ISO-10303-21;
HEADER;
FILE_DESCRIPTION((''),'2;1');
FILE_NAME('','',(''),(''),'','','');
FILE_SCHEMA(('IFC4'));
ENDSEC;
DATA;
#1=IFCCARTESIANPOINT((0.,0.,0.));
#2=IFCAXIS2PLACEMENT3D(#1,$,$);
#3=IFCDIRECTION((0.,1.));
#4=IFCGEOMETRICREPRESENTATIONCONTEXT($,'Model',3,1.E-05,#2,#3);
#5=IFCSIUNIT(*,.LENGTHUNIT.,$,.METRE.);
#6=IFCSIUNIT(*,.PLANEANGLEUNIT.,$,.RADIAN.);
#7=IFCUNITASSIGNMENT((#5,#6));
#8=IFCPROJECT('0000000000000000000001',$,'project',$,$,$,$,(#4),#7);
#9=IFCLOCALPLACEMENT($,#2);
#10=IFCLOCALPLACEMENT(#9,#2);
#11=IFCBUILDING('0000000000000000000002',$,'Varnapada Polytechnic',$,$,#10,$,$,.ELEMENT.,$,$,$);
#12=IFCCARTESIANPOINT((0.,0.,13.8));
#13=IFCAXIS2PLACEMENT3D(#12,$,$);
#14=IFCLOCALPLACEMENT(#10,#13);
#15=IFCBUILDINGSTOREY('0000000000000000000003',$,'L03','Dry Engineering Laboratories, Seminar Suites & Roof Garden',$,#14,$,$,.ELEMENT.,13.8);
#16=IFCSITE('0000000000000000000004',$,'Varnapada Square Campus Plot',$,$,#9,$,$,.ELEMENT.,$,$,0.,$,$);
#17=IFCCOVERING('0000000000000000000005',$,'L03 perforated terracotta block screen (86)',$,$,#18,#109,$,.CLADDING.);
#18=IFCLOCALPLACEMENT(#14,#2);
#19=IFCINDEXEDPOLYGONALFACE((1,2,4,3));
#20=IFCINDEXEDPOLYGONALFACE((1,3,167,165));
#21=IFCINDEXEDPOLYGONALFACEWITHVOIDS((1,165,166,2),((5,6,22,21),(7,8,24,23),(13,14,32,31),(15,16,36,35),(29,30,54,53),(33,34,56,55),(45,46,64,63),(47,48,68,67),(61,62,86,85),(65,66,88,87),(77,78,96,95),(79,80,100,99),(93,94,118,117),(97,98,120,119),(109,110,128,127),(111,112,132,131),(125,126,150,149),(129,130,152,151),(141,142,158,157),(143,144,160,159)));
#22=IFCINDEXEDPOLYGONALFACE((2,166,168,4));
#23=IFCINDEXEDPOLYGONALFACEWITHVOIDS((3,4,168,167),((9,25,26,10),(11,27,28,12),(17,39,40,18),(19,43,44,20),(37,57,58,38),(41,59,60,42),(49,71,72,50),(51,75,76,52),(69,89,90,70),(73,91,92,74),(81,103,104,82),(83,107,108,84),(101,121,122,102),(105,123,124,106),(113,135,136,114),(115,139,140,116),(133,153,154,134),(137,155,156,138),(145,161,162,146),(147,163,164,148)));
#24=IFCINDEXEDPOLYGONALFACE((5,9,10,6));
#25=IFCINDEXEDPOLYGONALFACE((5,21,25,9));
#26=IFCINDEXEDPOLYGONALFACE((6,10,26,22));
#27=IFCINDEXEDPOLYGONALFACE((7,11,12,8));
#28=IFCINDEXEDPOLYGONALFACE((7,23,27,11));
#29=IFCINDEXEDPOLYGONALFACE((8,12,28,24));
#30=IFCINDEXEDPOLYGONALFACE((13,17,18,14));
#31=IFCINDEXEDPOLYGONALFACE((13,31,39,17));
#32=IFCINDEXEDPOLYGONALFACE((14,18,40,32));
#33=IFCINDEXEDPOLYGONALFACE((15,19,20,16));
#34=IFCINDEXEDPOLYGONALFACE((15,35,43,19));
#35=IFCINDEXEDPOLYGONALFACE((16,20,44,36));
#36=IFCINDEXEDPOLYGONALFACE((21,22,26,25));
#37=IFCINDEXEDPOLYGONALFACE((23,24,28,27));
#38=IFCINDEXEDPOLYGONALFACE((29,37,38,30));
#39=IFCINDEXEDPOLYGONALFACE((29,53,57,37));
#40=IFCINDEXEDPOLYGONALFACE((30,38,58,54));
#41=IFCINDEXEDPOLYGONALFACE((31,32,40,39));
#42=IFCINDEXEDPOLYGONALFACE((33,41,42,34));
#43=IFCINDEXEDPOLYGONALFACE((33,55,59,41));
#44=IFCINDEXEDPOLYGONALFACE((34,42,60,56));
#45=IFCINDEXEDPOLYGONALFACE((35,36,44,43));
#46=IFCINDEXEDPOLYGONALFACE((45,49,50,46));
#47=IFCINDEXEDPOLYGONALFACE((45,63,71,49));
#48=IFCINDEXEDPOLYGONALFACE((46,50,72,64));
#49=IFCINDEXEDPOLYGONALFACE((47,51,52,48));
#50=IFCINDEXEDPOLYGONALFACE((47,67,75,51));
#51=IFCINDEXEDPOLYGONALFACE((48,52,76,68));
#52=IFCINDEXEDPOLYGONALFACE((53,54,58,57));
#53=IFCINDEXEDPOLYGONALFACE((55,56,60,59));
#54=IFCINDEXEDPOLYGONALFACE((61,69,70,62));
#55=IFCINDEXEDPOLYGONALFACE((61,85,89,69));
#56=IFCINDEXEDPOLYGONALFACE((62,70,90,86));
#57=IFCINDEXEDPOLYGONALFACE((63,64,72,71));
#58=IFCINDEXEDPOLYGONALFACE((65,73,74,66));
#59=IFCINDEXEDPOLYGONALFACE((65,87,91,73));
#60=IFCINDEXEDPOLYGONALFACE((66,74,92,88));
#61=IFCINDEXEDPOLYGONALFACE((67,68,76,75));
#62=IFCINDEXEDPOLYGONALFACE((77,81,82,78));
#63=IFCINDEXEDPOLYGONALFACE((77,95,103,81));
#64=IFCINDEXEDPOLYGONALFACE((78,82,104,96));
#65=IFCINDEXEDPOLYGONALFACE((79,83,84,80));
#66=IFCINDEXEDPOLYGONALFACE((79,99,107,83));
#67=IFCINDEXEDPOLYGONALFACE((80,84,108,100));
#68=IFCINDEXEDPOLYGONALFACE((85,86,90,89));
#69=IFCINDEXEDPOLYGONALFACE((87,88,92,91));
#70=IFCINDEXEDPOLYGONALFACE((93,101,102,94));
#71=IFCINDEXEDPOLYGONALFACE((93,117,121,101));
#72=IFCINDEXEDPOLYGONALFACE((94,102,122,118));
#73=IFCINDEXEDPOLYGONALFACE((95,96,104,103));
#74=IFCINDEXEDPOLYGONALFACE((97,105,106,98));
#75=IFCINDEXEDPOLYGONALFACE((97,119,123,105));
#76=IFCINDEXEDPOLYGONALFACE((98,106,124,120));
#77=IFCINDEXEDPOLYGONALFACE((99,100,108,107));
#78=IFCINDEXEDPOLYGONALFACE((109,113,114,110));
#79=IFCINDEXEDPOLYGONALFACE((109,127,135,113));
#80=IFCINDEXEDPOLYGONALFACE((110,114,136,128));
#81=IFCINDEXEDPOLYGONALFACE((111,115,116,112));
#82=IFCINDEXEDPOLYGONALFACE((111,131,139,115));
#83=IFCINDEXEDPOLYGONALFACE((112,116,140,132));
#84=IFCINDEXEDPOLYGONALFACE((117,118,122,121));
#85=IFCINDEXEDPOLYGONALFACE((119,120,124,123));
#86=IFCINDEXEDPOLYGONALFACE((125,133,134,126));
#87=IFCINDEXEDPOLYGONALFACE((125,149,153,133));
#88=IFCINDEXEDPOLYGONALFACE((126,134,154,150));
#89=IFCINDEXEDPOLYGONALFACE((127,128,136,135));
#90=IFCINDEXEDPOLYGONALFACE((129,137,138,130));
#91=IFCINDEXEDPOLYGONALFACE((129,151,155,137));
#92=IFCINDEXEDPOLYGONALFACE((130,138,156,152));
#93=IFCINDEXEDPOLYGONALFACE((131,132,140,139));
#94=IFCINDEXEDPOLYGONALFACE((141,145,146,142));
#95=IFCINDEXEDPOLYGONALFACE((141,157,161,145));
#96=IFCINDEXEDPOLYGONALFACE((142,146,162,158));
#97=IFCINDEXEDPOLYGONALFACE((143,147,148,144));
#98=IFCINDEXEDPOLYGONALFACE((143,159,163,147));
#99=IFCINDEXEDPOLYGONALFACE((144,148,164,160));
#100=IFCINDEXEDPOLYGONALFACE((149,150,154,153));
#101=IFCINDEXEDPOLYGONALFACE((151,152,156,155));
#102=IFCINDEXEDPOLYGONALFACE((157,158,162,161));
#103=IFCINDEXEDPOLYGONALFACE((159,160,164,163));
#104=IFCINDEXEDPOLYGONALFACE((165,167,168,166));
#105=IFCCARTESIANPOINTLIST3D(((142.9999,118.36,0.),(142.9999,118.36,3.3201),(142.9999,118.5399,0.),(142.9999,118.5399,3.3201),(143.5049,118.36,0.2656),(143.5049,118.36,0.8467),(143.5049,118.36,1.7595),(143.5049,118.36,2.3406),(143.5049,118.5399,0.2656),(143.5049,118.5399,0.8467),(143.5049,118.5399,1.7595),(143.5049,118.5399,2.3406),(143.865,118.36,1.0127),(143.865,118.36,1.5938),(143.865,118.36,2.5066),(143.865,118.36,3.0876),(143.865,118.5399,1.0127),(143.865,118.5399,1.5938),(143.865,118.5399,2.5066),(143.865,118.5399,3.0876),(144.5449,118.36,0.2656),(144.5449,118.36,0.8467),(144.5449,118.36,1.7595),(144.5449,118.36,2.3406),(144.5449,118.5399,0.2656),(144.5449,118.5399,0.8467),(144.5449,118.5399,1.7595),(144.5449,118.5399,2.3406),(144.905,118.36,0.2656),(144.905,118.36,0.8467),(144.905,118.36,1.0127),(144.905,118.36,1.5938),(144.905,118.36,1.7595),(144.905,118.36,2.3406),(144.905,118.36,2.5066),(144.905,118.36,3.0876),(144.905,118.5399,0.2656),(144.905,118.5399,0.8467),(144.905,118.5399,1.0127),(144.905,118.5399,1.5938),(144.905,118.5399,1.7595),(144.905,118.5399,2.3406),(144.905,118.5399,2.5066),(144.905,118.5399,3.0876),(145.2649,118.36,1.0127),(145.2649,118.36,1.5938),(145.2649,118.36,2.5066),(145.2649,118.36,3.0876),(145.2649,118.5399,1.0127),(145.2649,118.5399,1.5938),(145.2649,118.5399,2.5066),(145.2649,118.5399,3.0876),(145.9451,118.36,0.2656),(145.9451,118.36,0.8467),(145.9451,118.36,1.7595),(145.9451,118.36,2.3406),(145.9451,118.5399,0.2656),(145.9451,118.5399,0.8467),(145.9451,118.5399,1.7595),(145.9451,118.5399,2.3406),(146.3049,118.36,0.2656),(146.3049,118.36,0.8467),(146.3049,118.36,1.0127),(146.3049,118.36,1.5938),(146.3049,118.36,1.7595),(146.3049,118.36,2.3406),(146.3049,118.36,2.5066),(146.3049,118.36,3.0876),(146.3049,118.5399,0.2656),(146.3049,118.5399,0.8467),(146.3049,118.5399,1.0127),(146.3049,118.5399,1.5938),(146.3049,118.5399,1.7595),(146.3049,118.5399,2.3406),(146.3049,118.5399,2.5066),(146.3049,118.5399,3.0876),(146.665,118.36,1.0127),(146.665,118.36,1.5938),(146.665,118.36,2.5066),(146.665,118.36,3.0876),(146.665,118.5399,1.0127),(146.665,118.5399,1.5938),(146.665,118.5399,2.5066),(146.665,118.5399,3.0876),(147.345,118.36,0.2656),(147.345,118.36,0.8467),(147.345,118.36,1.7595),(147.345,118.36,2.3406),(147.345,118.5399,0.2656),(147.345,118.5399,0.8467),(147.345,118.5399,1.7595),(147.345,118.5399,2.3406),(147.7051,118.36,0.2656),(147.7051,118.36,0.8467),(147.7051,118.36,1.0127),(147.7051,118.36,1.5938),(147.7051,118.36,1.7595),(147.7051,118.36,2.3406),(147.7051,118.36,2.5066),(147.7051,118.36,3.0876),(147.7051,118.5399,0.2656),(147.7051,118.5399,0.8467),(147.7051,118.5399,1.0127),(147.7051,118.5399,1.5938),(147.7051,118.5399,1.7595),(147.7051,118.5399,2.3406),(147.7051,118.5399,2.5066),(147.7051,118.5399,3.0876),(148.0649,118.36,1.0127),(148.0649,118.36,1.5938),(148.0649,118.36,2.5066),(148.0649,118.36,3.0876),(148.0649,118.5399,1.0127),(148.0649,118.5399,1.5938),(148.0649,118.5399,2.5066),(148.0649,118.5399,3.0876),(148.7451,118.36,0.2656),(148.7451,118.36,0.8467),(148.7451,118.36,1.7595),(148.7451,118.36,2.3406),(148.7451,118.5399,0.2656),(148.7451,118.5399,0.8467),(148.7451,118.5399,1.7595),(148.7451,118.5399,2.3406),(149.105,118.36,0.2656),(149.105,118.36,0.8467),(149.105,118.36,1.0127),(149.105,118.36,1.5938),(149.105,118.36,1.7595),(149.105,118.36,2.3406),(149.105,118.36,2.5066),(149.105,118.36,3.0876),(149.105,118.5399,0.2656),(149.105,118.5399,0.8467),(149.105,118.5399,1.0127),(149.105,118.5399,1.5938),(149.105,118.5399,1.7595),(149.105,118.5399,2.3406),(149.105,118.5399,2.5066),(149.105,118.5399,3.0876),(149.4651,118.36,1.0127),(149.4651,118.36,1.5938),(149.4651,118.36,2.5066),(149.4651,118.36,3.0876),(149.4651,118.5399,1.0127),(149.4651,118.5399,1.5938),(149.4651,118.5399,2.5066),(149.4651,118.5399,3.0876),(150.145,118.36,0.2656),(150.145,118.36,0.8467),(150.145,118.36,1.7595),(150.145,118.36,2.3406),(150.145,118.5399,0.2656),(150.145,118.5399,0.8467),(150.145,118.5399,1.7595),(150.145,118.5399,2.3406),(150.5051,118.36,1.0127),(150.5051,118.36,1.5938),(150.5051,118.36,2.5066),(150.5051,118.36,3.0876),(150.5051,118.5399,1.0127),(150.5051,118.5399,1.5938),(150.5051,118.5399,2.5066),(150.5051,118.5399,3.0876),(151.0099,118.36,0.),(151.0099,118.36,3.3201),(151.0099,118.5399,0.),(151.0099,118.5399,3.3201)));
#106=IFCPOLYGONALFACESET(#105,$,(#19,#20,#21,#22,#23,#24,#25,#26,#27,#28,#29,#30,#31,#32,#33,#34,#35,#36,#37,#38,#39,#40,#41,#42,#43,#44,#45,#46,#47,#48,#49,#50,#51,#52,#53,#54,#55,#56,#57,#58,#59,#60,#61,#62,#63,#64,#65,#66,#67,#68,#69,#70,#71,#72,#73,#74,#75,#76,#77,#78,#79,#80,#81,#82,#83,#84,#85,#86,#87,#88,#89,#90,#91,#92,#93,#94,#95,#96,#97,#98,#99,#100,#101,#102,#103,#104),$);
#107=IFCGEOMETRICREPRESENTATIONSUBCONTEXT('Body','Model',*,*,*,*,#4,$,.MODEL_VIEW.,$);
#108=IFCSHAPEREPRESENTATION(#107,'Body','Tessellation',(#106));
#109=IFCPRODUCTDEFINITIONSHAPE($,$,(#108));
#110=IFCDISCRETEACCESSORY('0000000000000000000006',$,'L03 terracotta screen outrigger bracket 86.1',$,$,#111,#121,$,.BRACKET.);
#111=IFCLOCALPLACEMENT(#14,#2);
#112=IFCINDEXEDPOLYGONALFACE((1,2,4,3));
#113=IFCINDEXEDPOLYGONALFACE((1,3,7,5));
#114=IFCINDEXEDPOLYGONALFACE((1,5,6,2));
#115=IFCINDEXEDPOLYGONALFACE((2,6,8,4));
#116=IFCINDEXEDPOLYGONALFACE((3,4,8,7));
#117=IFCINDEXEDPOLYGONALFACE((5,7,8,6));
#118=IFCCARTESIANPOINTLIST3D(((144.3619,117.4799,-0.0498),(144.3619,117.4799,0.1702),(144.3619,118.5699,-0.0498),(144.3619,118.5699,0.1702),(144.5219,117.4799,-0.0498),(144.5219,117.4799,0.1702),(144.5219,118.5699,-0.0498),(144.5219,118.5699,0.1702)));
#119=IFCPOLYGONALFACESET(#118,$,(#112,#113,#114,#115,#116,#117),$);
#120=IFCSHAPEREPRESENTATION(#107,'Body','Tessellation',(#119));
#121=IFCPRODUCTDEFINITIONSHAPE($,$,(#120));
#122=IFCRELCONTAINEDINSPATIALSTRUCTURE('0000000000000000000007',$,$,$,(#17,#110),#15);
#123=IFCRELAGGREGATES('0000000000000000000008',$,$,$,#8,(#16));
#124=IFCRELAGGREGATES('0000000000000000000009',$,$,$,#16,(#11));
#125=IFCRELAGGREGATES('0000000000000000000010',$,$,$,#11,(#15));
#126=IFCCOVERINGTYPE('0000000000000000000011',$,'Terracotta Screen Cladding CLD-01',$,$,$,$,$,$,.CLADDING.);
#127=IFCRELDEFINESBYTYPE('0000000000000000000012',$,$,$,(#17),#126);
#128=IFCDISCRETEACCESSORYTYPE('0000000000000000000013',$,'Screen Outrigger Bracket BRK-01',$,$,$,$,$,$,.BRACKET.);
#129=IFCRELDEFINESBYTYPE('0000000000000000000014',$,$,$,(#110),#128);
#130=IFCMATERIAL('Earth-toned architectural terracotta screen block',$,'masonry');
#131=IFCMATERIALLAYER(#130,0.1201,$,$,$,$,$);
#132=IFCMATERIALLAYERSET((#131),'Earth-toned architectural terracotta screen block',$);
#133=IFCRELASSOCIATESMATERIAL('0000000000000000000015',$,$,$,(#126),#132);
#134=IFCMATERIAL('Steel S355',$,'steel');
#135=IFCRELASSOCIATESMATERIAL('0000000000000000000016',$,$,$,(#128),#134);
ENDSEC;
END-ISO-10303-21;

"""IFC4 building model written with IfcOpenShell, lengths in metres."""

from ifc_helpers import new_model, si_unit, direction, frame, frame_2d, origin, origin_2d, place, context, subcontext, project, spatial, rectangle, extrude, material, layer, layer_set, type_object, element, save


model = new_model("IFC4")

# Units and contexts
model_context = context("Model", 3, precision=1e-05, world=origin(), true_north=direction((0.0, 1.0)))
body_context = subcontext(model_context, "Body", "Model", "MODEL_VIEW")
ifc_project = project(units=[si_unit("LENGTHUNIT", "METRE"), si_unit("PLANEANGLEUNIT", "RADIAN")], contexts=[model_context])

# Site, building, storey
site_placement = place(None, origin())
site = spatial("IfcSite", under=ifc_project, at=site_placement, Name="Varnapada Square Campus Plot", CompositionType="ELEMENT", RefElevation=0.0)
building_placement = place(site_placement, origin())
building = spatial("IfcBuilding", under=site, at=building_placement, Name="Varnapada Polytechnic", CompositionType="ELEMENT")
storey_placement = place(building_placement, frame((0.0, 0.0, 13.8)))
storey = spatial("IfcBuildingStorey", under=building, at=storey_placement, Name="L03", Description="Dry Engineering Laboratories, Seminar Suites & Roof Garden", CompositionType="ELEMENT", Elevation=13.8)

# Covering, openings
ifc_material_1 = material(Name="Earth-toned architectural terracotta screen block", Category="masonry")
ifc_layer_1 = layer(ifc_material_1, 0.1201)
ifc_layer_set_1 = layer_set([ifc_layer_1], Name="Earth-toned architectural terracotta screen block")
covering_type = type_object("IfcCoveringType", Name="Terracotta Screen Cladding CLD-01", PredefinedType="CLADDING", material=ifc_layer_set_1)
covering_placement = place(storey_placement, frame((143.0, 118.45, 0.0), z_axis=(0.0, 0.0, 1.0), x_axis=(1.0, 0.0, 0.0)))
covering = element("IfcCovering", 1, at=covering_placement, inside=storey, type_object=covering_type, Name="L03 perforated terracotta block screen (86)", PredefinedType="CLADDING", context=body_context, shape_type="SweptSolid", body=[
    extrude(rectangle(XDim=8.01, YDim=0.1799, at=frame_2d((4.0049, 0.0))), origin(), (0.0, 0.0, 1.0), 3.3201),
])
opening_1_placement = place(covering_placement, frame((0.5049, 0.0, 0.2656)))
element("IfcOpeningElement", 2, at=opening_1_placement, cuts=covering, PredefinedType="OPENING", context=body_context, shape_type="SweptSolid", body=[
    extrude(rectangle(XDim=1.04, YDim=0.5811, at=frame_2d((0.52, 0.2905))), frame((0.0, 0.0999, 0.0), z_axis=(0.0, -1.0, 0.0), x_axis=(1.0, 0.0, 0.0)), (0.0, 0.0, 1.0), 0.2),
])
opening_2_placement = place(covering_placement, frame((1.905, 0.0, 0.2656)))
element("IfcOpeningElement", 3, at=opening_2_placement, cuts=covering, PredefinedType="OPENING", context=body_context, shape_type="SweptSolid", body=[
    extrude(rectangle(XDim=1.04, YDim=0.5811, at=frame_2d((0.52, 0.2905))), frame((0.0, 0.0999, 0.0), z_axis=(0.0, -1.0, 0.0), x_axis=(1.0, 0.0, 0.0)), (0.0, 0.0, 1.0), 0.2),
])
opening_3_placement = place(covering_placement, frame((3.3049, 0.0, 0.2656)))
element("IfcOpeningElement", 4, at=opening_3_placement, cuts=covering, PredefinedType="OPENING", context=body_context, shape_type="SweptSolid", body=[
    extrude(rectangle(XDim=1.04, YDim=0.5811, at=frame_2d((0.52, 0.2905))), frame((0.0, 0.0999, 0.0), z_axis=(0.0, -1.0, 0.0), x_axis=(1.0, 0.0, 0.0)), (0.0, 0.0, 1.0), 0.2),
])
opening_4_placement = place(covering_placement, frame((4.7051, 0.0, 0.2656)))
element("IfcOpeningElement", 5, at=opening_4_placement, cuts=covering, PredefinedType="OPENING", context=body_context, shape_type="SweptSolid", body=[
    extrude(rectangle(XDim=1.04, YDim=0.5811, at=frame_2d((0.52, 0.2905))), frame((0.0, 0.0999, 0.0), z_axis=(0.0, -1.0, 0.0), x_axis=(1.0, 0.0, 0.0)), (0.0, 0.0, 1.0), 0.2),
])
opening_5_placement = place(covering_placement, frame((6.105, 0.0, 0.2656)))
element("IfcOpeningElement", 6, at=opening_5_placement, cuts=covering, PredefinedType="OPENING", context=body_context, shape_type="SweptSolid", body=[
    extrude(rectangle(XDim=1.04, YDim=0.5811, at=frame_2d((0.52, 0.2905))), frame((0.0, 0.0999, 0.0), z_axis=(0.0, -1.0, 0.0), x_axis=(1.0, 0.0, 0.0)), (0.0, 0.0, 1.0), 0.2),
])
opening_6_placement = place(covering_placement, frame((0.865, 0.0, 1.0127)))
element("IfcOpeningElement", 7, at=opening_6_placement, cuts=covering, PredefinedType="OPENING", context=body_context, shape_type="SweptSolid", body=[
    extrude(rectangle(XDim=1.04, YDim=0.5811, at=frame_2d((0.52, 0.2905))), frame((0.0, 0.0999, 0.0), z_axis=(0.0, -1.0, 0.0), x_axis=(1.0, 0.0, 0.0)), (0.0, 0.0, 1.0), 0.2),
])
opening_7_placement = place(covering_placement, frame((2.2649, 0.0, 1.0127)))
element("IfcOpeningElement", 8, at=opening_7_placement, cuts=covering, PredefinedType="OPENING", context=body_context, shape_type="SweptSolid", body=[
    extrude(rectangle(XDim=1.04, YDim=0.5811, at=frame_2d((0.52, 0.2905))), frame((0.0, 0.0999, 0.0), z_axis=(0.0, -1.0, 0.0), x_axis=(1.0, 0.0, 0.0)), (0.0, 0.0, 1.0), 0.2),
])
opening_8_placement = place(covering_placement, frame((3.665, 0.0, 1.0127)))
element("IfcOpeningElement", 9, at=opening_8_placement, cuts=covering, PredefinedType="OPENING", context=body_context, shape_type="SweptSolid", body=[
    extrude(rectangle(XDim=1.04, YDim=0.5811, at=frame_2d((0.52, 0.2905))), frame((0.0, 0.0999, 0.0), z_axis=(0.0, -1.0, 0.0), x_axis=(1.0, 0.0, 0.0)), (0.0, 0.0, 1.0), 0.2),
])
opening_9_placement = place(covering_placement, frame((5.0649, 0.0, 1.0127)))
element("IfcOpeningElement", 10, at=opening_9_placement, cuts=covering, PredefinedType="OPENING", context=body_context, shape_type="SweptSolid", body=[
    extrude(rectangle(XDim=1.04, YDim=0.5811, at=frame_2d((0.52, 0.2905))), frame((0.0, 0.0999, 0.0), z_axis=(0.0, -1.0, 0.0), x_axis=(1.0, 0.0, 0.0)), (0.0, 0.0, 1.0), 0.2),
])
opening_10_placement = place(covering_placement, frame((6.4651, 0.0, 1.0127)))
element("IfcOpeningElement", 11, at=opening_10_placement, cuts=covering, PredefinedType="OPENING", context=body_context, shape_type="SweptSolid", body=[
    extrude(rectangle(XDim=1.04, YDim=0.5811, at=frame_2d((0.52, 0.2905))), frame((0.0, 0.0999, 0.0), z_axis=(0.0, -1.0, 0.0), x_axis=(1.0, 0.0, 0.0)), (0.0, 0.0, 1.0), 0.2),
])
opening_11_placement = place(covering_placement, frame((0.5049, 0.0, 1.7595)))
element("IfcOpeningElement", 12, at=opening_11_placement, cuts=covering, PredefinedType="OPENING", context=body_context, shape_type="SweptSolid", body=[
    extrude(rectangle(XDim=1.04, YDim=0.5811, at=frame_2d((0.52, 0.2905))), frame((0.0, 0.0999, 0.0), z_axis=(0.0, -1.0, 0.0), x_axis=(1.0, 0.0, 0.0)), (0.0, 0.0, 1.0), 0.2),
])
opening_12_placement = place(covering_placement, frame((1.905, 0.0, 1.7595)))
element("IfcOpeningElement", 13, at=opening_12_placement, cuts=covering, PredefinedType="OPENING", context=body_context, shape_type="SweptSolid", body=[
    extrude(rectangle(XDim=1.04, YDim=0.5811, at=frame_2d((0.52, 0.2905))), frame((0.0, 0.0999, 0.0), z_axis=(0.0, -1.0, 0.0), x_axis=(1.0, 0.0, 0.0)), (0.0, 0.0, 1.0), 0.2),
])
opening_13_placement = place(covering_placement, frame((3.3049, 0.0, 1.7595)))
element("IfcOpeningElement", 14, at=opening_13_placement, cuts=covering, PredefinedType="OPENING", context=body_context, shape_type="SweptSolid", body=[
    extrude(rectangle(XDim=1.04, YDim=0.5811, at=frame_2d((0.52, 0.2905))), frame((0.0, 0.0999, 0.0), z_axis=(0.0, -1.0, 0.0), x_axis=(1.0, 0.0, 0.0)), (0.0, 0.0, 1.0), 0.2),
])
opening_14_placement = place(covering_placement, frame((4.7051, 0.0, 1.7595)))
element("IfcOpeningElement", 15, at=opening_14_placement, cuts=covering, PredefinedType="OPENING", context=body_context, shape_type="SweptSolid", body=[
    extrude(rectangle(XDim=1.04, YDim=0.5811, at=frame_2d((0.52, 0.2905))), frame((0.0, 0.0999, 0.0), z_axis=(0.0, -1.0, 0.0), x_axis=(1.0, 0.0, 0.0)), (0.0, 0.0, 1.0), 0.2),
])
opening_15_placement = place(covering_placement, frame((6.105, 0.0, 1.7595)))
element("IfcOpeningElement", 16, at=opening_15_placement, cuts=covering, PredefinedType="OPENING", context=body_context, shape_type="SweptSolid", body=[
    extrude(rectangle(XDim=1.04, YDim=0.5811, at=frame_2d((0.52, 0.2905))), frame((0.0, 0.0999, 0.0), z_axis=(0.0, -1.0, 0.0), x_axis=(1.0, 0.0, 0.0)), (0.0, 0.0, 1.0), 0.2),
])
opening_16_placement = place(covering_placement, frame((0.865, 0.0, 2.5066)))
element("IfcOpeningElement", 17, at=opening_16_placement, cuts=covering, PredefinedType="OPENING", context=body_context, shape_type="SweptSolid", body=[
    extrude(rectangle(XDim=1.04, YDim=0.5811, at=frame_2d((0.52, 0.2905))), frame((0.0, 0.0999, 0.0), z_axis=(0.0, -1.0, 0.0), x_axis=(1.0, 0.0, 0.0)), (0.0, 0.0, 1.0), 0.2),
])
opening_17_placement = place(covering_placement, frame((2.2649, 0.0, 2.5066)))
element("IfcOpeningElement", 18, at=opening_17_placement, cuts=covering, PredefinedType="OPENING", context=body_context, shape_type="SweptSolid", body=[
    extrude(rectangle(XDim=1.04, YDim=0.5811, at=frame_2d((0.52, 0.2905))), frame((0.0, 0.0999, 0.0), z_axis=(0.0, -1.0, 0.0), x_axis=(1.0, 0.0, 0.0)), (0.0, 0.0, 1.0), 0.2),
])
opening_18_placement = place(covering_placement, frame((3.665, 0.0, 2.5066)))
element("IfcOpeningElement", 19, at=opening_18_placement, cuts=covering, PredefinedType="OPENING", context=body_context, shape_type="SweptSolid", body=[
    extrude(rectangle(XDim=1.04, YDim=0.5811, at=frame_2d((0.52, 0.2905))), frame((0.0, 0.0999, 0.0), z_axis=(0.0, -1.0, 0.0), x_axis=(1.0, 0.0, 0.0)), (0.0, 0.0, 1.0), 0.2),
])
opening_19_placement = place(covering_placement, frame((5.0649, 0.0, 2.5066)))
element("IfcOpeningElement", 20, at=opening_19_placement, cuts=covering, PredefinedType="OPENING", context=body_context, shape_type="SweptSolid", body=[
    extrude(rectangle(XDim=1.04, YDim=0.5811, at=frame_2d((0.52, 0.2905))), frame((0.0, 0.0999, 0.0), z_axis=(0.0, -1.0, 0.0), x_axis=(1.0, 0.0, 0.0)), (0.0, 0.0, 1.0), 0.2),
])
opening_20_placement = place(covering_placement, frame((6.4651, 0.0, 2.5066)))
element("IfcOpeningElement", 21, at=opening_20_placement, cuts=covering, PredefinedType="OPENING", context=body_context, shape_type="SweptSolid", body=[
    extrude(rectangle(XDim=1.04, YDim=0.5811, at=frame_2d((0.52, 0.2905))), frame((0.0, 0.0999, 0.0), z_axis=(0.0, -1.0, 0.0), x_axis=(1.0, 0.0, 0.0)), (0.0, 0.0, 1.0), 0.2),
])

# Discrete accessory
ifc_material_2 = material(Name="Steel S355", Category="steel")
discrete_accessory_type = type_object("IfcDiscreteAccessoryType", Name="Screen Outrigger Bracket BRK-01", PredefinedType="BRACKET", material=ifc_material_2)
for number, where, z_axis, x_axis, name in (
    (22, (144.4419, 118.0249, -0.0498), (0.0, 0.0, 1.0), (1.0, 0.0, 0.0), "L03 terracotta screen outrigger bracket 86.1"),
):
    element("IfcDiscreteAccessory", number, at=place(storey_placement, frame(where, z_axis=z_axis, x_axis=x_axis)), inside=storey, type_object=discrete_accessory_type, Name=name, PredefinedType="BRACKET", context=body_context, shape_type="SweptSolid", body=[
        extrude(rectangle(XDim=0.1599, YDim=1.0901, at=origin_2d()), origin(), (0.0, 0.0, 1.0), 0.22),
    ])

save(model, "model.ifc")
